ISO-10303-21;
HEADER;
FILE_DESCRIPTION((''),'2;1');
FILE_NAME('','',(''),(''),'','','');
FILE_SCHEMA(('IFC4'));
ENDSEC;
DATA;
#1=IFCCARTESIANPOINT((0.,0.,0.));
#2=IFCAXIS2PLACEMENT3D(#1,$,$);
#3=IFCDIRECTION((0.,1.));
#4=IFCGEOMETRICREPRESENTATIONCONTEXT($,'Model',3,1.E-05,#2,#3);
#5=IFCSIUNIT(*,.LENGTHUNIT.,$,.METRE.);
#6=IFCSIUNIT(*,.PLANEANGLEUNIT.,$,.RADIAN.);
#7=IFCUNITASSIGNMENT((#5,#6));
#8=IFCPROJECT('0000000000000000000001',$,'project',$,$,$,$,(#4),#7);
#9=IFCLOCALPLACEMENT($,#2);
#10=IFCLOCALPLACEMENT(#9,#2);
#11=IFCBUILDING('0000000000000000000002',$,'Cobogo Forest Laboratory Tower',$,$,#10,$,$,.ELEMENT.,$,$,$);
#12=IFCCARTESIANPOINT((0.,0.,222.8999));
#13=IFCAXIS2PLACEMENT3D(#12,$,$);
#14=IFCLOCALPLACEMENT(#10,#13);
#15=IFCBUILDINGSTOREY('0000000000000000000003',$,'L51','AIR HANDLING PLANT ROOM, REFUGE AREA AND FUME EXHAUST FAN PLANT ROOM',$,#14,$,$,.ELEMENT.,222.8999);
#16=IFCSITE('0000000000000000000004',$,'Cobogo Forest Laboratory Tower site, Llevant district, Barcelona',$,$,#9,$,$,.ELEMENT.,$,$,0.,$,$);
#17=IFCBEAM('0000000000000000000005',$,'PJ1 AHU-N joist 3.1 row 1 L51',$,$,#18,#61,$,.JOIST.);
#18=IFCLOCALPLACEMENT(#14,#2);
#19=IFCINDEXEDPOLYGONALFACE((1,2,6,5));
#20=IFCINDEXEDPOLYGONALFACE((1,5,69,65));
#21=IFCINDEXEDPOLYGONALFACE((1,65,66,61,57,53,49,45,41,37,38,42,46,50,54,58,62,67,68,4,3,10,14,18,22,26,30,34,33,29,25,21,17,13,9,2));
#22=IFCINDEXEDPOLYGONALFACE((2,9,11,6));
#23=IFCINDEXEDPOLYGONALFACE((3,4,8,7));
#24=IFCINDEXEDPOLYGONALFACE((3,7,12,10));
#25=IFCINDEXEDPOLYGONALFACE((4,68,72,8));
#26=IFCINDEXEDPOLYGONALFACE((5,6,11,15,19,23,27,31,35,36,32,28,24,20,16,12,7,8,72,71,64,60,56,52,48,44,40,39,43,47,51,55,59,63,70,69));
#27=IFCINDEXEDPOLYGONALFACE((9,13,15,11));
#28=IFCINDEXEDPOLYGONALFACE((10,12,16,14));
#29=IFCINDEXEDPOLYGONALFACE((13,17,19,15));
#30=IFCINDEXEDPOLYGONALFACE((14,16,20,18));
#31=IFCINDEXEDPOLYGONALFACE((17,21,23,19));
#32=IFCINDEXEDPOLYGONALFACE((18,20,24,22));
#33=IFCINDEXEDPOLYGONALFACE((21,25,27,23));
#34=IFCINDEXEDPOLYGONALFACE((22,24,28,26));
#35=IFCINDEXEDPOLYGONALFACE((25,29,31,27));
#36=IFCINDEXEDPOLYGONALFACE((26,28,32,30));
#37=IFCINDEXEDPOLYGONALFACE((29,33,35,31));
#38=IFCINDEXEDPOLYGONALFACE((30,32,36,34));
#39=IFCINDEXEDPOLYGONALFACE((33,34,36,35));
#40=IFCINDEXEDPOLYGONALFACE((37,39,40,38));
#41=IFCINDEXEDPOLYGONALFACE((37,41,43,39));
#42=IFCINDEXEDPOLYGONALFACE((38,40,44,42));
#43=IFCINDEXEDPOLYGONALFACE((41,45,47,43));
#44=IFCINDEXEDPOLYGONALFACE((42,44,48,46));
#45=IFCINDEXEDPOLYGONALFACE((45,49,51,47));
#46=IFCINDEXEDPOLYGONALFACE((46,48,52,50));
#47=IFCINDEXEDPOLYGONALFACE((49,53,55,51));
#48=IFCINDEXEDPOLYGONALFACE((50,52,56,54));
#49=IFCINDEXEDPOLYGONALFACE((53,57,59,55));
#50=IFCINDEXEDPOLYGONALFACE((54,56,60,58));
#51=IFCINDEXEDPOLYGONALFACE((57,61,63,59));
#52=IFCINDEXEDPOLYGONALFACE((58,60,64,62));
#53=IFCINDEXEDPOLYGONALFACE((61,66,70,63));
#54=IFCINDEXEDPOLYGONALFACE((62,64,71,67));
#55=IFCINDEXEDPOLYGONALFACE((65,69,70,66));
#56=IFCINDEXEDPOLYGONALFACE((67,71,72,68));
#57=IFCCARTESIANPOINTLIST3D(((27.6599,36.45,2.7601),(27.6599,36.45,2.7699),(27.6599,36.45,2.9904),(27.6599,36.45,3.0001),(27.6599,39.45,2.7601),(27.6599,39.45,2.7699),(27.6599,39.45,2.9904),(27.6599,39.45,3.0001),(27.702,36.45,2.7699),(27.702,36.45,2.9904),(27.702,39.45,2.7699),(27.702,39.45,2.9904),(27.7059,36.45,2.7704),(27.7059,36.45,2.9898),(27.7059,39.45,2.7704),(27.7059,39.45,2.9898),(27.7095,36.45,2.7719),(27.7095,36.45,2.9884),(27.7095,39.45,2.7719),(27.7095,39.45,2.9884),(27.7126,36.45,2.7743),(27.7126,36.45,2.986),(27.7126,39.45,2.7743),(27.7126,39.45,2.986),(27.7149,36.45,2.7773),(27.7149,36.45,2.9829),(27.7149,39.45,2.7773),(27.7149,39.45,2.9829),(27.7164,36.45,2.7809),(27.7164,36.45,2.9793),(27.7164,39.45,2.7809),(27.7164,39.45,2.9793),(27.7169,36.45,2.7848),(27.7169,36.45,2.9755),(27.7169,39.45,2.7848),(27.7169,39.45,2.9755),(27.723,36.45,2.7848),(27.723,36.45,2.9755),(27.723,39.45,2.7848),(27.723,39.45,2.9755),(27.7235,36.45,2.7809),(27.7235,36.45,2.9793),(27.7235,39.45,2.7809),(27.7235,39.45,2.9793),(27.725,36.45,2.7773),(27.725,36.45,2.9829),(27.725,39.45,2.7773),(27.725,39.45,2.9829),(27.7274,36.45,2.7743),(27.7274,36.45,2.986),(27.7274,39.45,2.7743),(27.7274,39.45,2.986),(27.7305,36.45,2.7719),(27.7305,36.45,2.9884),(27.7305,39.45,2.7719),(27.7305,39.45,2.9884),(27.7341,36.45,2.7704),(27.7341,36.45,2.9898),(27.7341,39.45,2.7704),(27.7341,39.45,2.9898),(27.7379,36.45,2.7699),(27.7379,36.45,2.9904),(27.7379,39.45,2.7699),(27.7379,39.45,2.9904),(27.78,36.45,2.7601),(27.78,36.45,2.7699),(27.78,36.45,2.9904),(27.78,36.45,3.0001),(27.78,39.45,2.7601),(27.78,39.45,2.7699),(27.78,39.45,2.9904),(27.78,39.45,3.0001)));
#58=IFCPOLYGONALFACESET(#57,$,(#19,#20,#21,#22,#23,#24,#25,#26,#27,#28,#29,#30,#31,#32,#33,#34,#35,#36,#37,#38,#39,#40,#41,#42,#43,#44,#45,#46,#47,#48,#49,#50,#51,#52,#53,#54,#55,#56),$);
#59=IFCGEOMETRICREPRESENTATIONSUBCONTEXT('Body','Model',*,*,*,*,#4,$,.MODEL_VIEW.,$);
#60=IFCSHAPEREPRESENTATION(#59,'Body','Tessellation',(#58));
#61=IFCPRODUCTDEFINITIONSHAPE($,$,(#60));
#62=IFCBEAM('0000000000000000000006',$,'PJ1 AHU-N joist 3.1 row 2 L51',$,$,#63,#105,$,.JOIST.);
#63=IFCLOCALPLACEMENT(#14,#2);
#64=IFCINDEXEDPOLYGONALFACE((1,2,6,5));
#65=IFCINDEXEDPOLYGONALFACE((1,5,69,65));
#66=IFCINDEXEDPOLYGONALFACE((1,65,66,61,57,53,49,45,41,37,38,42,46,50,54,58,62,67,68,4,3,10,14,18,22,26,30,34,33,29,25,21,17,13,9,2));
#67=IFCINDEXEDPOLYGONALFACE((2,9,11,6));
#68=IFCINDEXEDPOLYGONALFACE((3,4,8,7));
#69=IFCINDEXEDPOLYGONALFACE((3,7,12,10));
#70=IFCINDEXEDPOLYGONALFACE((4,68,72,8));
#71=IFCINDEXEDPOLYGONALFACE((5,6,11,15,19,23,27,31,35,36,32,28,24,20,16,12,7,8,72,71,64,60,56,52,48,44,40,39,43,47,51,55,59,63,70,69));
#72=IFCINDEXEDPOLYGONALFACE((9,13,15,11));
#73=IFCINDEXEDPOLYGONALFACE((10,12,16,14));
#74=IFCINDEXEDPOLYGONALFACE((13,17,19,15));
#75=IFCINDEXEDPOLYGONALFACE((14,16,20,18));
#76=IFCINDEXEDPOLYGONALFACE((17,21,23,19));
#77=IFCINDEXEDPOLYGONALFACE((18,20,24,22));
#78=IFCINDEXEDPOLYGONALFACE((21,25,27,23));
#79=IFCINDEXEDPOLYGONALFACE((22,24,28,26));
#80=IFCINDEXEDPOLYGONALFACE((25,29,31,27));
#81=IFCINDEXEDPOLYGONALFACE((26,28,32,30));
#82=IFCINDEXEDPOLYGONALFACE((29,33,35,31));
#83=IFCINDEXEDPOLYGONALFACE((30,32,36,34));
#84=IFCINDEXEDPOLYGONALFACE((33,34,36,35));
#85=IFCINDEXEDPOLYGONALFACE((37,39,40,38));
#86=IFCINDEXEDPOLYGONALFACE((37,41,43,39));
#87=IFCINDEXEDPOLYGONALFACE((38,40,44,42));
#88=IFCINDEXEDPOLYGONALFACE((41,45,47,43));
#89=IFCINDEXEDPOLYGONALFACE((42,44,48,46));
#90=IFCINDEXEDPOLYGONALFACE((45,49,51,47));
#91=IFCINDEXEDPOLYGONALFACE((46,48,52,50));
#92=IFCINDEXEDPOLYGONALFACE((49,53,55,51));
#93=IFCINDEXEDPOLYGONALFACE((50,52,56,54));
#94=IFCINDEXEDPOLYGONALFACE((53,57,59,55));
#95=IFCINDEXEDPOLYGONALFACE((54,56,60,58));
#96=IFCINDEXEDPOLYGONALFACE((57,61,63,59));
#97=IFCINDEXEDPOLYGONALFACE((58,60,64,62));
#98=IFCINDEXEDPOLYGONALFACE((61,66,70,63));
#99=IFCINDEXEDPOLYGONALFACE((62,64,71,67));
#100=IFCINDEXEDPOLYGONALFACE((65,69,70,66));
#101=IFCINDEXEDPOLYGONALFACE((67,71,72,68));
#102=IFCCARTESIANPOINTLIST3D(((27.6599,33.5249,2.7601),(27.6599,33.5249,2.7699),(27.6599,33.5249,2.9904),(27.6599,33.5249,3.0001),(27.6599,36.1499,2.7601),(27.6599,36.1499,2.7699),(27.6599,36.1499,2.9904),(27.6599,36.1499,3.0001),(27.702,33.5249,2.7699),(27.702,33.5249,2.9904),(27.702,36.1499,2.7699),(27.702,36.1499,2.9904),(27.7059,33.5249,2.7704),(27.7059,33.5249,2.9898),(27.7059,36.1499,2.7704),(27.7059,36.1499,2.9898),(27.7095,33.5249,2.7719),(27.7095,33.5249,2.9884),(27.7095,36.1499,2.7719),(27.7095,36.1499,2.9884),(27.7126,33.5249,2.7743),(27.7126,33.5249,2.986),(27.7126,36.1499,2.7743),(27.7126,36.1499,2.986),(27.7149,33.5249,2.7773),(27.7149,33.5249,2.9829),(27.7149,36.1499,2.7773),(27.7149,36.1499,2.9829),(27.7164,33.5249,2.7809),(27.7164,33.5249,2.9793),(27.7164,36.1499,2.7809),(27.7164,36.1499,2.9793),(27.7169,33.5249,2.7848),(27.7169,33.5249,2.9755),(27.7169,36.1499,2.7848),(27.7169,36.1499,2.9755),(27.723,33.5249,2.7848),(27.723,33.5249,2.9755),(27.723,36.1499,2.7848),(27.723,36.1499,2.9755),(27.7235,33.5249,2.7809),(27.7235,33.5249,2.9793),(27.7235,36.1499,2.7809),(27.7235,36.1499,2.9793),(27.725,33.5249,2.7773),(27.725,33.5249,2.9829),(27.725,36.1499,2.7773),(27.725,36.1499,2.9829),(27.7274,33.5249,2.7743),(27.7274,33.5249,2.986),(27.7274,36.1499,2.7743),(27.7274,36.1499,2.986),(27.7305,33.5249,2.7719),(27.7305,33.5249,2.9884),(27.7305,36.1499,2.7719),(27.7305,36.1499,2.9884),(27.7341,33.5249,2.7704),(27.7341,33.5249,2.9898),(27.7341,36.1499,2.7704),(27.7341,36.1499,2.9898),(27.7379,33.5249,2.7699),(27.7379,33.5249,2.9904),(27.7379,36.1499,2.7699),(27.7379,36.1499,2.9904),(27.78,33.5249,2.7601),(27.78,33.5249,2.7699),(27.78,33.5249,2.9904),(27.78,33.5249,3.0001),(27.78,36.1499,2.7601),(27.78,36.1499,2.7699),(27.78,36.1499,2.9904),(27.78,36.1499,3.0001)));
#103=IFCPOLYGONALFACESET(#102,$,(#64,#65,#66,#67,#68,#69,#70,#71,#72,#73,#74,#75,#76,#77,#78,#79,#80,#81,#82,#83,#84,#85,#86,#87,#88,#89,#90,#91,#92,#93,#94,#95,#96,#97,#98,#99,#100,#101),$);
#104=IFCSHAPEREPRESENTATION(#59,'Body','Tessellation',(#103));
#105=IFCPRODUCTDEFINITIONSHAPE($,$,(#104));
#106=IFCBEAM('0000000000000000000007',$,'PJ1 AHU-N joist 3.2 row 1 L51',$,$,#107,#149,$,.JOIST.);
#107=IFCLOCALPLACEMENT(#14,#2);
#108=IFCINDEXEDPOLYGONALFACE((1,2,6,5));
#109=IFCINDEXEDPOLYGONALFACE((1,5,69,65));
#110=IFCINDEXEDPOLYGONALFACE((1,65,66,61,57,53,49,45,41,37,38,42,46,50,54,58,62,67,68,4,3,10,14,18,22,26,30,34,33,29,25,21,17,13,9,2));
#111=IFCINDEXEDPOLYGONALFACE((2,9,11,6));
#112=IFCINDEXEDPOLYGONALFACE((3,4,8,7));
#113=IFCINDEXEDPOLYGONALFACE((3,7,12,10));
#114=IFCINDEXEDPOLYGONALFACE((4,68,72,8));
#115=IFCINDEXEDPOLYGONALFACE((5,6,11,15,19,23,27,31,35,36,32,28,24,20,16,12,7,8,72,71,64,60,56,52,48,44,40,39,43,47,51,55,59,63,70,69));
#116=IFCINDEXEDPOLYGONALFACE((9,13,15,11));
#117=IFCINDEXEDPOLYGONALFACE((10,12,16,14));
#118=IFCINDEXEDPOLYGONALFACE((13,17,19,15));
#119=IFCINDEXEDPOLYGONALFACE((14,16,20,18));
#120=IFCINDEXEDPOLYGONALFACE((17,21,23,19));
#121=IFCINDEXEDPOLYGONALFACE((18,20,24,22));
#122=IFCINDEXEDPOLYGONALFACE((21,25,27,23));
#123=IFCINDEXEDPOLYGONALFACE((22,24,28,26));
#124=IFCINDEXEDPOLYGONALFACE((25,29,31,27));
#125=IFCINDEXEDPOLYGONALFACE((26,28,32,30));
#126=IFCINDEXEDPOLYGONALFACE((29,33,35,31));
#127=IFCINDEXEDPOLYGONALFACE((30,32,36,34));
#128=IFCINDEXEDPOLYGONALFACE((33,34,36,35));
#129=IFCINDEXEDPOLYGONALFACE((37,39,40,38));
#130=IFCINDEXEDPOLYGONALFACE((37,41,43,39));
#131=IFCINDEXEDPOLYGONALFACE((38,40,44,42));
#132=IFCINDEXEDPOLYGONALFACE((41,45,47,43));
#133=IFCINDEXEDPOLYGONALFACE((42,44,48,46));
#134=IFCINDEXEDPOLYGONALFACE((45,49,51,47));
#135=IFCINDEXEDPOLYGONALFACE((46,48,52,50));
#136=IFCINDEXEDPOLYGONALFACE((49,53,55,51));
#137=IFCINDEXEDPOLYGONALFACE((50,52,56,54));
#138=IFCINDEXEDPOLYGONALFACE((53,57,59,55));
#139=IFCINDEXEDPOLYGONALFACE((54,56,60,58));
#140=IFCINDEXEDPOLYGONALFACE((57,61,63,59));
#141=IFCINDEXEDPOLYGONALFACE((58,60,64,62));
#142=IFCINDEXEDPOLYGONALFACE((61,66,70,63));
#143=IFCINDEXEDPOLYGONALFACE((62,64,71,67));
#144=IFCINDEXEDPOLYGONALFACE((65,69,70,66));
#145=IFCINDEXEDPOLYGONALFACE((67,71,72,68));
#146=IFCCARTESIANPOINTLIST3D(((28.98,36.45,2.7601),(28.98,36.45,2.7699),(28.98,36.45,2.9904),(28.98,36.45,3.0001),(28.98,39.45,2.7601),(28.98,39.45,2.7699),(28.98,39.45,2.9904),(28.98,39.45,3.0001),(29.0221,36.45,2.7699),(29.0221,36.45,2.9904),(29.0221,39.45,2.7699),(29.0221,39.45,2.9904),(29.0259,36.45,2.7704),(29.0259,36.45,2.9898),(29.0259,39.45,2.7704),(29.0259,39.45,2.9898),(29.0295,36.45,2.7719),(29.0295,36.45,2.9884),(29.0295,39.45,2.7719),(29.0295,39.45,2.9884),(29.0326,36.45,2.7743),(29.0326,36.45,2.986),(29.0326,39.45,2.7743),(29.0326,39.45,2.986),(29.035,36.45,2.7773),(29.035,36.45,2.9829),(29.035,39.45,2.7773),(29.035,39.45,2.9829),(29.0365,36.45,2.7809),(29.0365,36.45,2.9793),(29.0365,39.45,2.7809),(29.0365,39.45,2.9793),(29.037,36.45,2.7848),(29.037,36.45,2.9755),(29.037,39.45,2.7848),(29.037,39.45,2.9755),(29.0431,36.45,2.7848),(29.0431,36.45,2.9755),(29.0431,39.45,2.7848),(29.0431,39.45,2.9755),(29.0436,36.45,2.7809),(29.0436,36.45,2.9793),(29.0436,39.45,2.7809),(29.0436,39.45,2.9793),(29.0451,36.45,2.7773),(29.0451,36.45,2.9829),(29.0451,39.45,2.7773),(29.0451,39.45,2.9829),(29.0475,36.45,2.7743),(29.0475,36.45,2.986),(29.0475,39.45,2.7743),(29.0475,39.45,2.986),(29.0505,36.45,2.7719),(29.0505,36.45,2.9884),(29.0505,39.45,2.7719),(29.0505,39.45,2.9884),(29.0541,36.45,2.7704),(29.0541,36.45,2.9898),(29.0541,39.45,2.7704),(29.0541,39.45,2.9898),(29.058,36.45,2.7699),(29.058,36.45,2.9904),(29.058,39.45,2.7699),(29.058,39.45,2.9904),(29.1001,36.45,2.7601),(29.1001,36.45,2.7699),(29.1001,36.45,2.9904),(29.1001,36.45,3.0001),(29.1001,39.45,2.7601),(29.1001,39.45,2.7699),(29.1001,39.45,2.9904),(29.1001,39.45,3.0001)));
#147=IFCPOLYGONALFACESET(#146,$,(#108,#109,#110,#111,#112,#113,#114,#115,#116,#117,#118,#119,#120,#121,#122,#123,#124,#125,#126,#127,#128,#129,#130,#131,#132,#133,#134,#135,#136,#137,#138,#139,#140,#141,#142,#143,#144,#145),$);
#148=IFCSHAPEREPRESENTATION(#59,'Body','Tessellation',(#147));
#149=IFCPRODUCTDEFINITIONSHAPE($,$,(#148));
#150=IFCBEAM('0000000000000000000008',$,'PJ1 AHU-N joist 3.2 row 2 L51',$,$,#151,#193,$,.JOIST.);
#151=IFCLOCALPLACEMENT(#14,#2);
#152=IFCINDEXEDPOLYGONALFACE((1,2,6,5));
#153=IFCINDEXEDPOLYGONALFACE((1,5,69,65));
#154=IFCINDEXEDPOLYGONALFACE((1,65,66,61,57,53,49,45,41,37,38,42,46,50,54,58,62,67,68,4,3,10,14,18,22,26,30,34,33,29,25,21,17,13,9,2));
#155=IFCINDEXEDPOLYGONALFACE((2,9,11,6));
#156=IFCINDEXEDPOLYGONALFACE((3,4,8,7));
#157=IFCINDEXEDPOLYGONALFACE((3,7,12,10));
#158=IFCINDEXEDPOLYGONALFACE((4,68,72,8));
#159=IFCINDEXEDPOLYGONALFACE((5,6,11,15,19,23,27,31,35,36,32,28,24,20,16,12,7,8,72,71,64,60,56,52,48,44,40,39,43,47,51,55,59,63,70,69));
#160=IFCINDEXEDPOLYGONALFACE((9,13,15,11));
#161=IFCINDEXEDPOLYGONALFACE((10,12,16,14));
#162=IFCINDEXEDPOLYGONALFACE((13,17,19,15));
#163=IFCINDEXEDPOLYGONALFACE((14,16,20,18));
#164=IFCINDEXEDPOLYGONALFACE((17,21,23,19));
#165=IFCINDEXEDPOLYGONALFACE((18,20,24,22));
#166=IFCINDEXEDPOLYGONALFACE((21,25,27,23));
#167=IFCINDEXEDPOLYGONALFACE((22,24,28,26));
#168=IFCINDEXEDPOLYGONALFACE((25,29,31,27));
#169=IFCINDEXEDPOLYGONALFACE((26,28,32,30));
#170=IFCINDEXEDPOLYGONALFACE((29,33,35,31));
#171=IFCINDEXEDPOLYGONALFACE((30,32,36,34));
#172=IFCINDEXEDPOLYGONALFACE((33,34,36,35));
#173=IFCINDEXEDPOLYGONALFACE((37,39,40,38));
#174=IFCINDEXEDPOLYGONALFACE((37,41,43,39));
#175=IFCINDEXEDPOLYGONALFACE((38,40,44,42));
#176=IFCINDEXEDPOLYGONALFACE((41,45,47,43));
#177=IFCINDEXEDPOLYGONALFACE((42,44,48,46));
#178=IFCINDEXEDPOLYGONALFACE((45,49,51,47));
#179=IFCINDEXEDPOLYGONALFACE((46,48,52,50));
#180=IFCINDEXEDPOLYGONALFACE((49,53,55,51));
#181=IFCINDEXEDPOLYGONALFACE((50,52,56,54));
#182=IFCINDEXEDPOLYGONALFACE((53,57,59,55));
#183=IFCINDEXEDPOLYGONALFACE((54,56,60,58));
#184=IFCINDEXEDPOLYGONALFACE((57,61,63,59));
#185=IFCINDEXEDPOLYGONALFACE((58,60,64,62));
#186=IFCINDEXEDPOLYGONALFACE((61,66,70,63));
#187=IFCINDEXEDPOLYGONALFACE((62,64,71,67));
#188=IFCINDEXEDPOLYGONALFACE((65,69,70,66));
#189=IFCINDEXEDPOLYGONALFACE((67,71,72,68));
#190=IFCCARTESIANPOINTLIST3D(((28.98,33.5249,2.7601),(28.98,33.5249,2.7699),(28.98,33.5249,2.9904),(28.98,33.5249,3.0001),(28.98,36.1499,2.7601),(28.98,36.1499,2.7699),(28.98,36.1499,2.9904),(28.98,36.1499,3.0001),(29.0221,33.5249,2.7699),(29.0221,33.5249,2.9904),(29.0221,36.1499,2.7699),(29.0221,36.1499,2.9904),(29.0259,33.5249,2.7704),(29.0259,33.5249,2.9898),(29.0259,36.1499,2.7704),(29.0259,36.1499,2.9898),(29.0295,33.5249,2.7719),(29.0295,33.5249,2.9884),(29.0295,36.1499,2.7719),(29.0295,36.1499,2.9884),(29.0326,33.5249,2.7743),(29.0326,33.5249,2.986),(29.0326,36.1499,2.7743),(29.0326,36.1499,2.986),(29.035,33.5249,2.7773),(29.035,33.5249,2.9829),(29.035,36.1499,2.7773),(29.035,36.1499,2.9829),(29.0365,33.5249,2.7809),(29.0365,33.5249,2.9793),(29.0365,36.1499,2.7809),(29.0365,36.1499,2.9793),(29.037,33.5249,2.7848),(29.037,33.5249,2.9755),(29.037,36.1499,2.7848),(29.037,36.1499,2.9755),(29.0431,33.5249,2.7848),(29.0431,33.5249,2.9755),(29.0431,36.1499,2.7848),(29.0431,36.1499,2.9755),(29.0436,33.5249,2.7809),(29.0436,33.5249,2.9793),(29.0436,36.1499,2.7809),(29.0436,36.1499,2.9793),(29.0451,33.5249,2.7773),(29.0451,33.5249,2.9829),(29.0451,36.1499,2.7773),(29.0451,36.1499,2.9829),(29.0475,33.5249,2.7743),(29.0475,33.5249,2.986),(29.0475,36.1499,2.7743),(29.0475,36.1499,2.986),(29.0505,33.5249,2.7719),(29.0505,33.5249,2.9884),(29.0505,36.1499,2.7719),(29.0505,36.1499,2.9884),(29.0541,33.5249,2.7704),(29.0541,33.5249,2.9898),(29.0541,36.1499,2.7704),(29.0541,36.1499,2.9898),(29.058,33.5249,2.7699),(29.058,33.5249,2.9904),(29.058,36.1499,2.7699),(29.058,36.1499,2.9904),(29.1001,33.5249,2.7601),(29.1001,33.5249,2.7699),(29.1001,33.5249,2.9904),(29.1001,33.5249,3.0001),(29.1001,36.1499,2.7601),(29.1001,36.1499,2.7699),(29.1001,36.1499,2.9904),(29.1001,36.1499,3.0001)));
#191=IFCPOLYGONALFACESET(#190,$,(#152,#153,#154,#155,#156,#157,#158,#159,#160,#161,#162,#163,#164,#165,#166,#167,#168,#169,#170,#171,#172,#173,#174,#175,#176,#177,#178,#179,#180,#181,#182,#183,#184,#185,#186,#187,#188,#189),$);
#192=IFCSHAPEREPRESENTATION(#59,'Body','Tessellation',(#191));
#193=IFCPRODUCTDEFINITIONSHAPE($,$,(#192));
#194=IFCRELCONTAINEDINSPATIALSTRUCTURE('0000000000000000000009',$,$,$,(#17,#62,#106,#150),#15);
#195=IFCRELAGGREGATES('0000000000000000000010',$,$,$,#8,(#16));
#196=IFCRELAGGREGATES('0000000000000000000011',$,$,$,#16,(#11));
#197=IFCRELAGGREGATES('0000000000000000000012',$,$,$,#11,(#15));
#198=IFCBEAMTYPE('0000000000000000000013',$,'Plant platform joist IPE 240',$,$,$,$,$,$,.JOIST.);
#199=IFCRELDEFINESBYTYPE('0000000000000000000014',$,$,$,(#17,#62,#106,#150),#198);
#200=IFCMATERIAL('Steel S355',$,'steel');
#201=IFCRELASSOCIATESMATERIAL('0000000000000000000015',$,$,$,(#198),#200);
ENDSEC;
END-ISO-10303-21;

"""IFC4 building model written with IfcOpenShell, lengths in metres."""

from ifc_helpers import new_model, si_unit, direction, frame, origin, origin_2d, place, context, subcontext, project, spatial, i_section, extrude, material, material_profile, profile_set, type_object, element, save


model = new_model("IFC4")

# Units and contexts
model_context = context("Model", 3, precision=1e-05, world=origin(), true_north=direction((0.0, 1.0)))
body_context = subcontext(model_context, "Body", "Model", "MODEL_VIEW")
ifc_project = project(units=[si_unit("LENGTHUNIT", "METRE"), si_unit("PLANEANGLEUNIT", "RADIAN")], contexts=[model_context])

# Site, building, storey
site_placement = place(None, origin())
site = spatial("IfcSite", under=ifc_project, at=site_placement, Name="Cobogo Forest Laboratory Tower site, Llevant district, Barcelona", CompositionType="ELEMENT", RefElevation=0.0)
building_placement = place(site_placement, origin())
building = spatial("IfcBuilding", under=site, at=building_placement, Name="Cobogo Forest Laboratory Tower", CompositionType="ELEMENT")
storey_placement = place(building_placement, frame((0.0, 0.0, 222.8999)))
storey = spatial("IfcBuildingStorey", under=building, at=storey_placement, Name="L51", Description="AIR HANDLING PLANT ROOM, REFUGE AREA AND FUME EXHAUST FAN PLANT ROOM", CompositionType="ELEMENT", Elevation=222.8999)

# Shared definitions
ifc_material_1 = material(Name="Steel S355", Category="steel")

# Beams
ifc_material_profile_1 = material_profile(ifc_material_1, i_section(OverallWidth=0.1201, OverallDepth=0.24, WebThickness=0.0061, FlangeThickness=0.0098, FilletRadius=0.0149, at=origin_2d()), Name="IPE 240")
ifc_profile_set_1 = profile_set([ifc_material_profile_1], Name="Steel S355")
beam_type_1 = type_object("IfcBeamType", Name="Plant platform joist IPE 240", PredefinedType="JOIST", material=ifc_profile_set_1)
beam_1_placement = place(storey_placement, frame((27.72, 39.45, 2.8801), z_axis=(0.0, -1.0, 0.0), x_axis=(1.0, 0.0, 0.0)))
element("IfcBeam", 1, at=beam_1_placement, inside=storey, type_object=beam_type_1, Name="PJ1 AHU-N joist 3.1 row 1 L51", PredefinedType="JOIST", context=body_context, shape_type="SweptSolid", body=[
    extrude(i_section(OverallWidth=0.1201, OverallDepth=0.24, WebThickness=0.0061, FlangeThickness=0.0098, FilletRadius=0.0149, at=origin_2d()), origin(), (0.0, 0.0, 1.0), 3.0),
])
beam_2_placement = place(storey_placement, frame((27.72, 36.1499, 2.8801), z_axis=(0.0, -1.0, 0.0), x_axis=(1.0, 0.0, 0.0)))
element("IfcBeam", 2, at=beam_2_placement, inside=storey, type_object=beam_type_1, Name="PJ1 AHU-N joist 3.1 row 2 L51", PredefinedType="JOIST", context=body_context, shape_type="SweptSolid", body=[
    extrude(i_section(OverallWidth=0.1201, OverallDepth=0.24, WebThickness=0.0061, FlangeThickness=0.0098, FilletRadius=0.0149, at=origin_2d()), origin(), (0.0, 0.0, 1.0), 2.625),
])
beam_3_placement = place(storey_placement, frame((29.04, 39.45, 2.8801), z_axis=(0.0, -1.0, 0.0), x_axis=(1.0, 0.0, 0.0)))
element("IfcBeam", 3, at=beam_3_placement, inside=storey, type_object=beam_type_1, Name="PJ1 AHU-N joist 3.2 row 1 L51", PredefinedType="JOIST", context=body_context, shape_type="SweptSolid", body=[
    extrude(i_section(OverallWidth=0.1201, OverallDepth=0.24, WebThickness=0.0061, FlangeThickness=0.0098, FilletRadius=0.0149, at=origin_2d()), origin(), (0.0, 0.0, 1.0), 3.0),
])
beam_4_placement = place(storey_placement, frame((29.04, 36.1499, 2.8801), z_axis=(0.0, -1.0, 0.0), x_axis=(1.0, 0.0, 0.0)))
element("IfcBeam", 4, at=beam_4_placement, inside=storey, type_object=beam_type_1, Name="PJ1 AHU-N joist 3.2 row 2 L51", PredefinedType="JOIST", context=body_context, shape_type="SweptSolid", body=[
    extrude(i_section(OverallWidth=0.1201, OverallDepth=0.24, WebThickness=0.0061, FlangeThickness=0.0098, FilletRadius=0.0149, at=origin_2d()), origin(), (0.0, 0.0, 1.0), 2.625),
])

save(model, "model.ifc")
